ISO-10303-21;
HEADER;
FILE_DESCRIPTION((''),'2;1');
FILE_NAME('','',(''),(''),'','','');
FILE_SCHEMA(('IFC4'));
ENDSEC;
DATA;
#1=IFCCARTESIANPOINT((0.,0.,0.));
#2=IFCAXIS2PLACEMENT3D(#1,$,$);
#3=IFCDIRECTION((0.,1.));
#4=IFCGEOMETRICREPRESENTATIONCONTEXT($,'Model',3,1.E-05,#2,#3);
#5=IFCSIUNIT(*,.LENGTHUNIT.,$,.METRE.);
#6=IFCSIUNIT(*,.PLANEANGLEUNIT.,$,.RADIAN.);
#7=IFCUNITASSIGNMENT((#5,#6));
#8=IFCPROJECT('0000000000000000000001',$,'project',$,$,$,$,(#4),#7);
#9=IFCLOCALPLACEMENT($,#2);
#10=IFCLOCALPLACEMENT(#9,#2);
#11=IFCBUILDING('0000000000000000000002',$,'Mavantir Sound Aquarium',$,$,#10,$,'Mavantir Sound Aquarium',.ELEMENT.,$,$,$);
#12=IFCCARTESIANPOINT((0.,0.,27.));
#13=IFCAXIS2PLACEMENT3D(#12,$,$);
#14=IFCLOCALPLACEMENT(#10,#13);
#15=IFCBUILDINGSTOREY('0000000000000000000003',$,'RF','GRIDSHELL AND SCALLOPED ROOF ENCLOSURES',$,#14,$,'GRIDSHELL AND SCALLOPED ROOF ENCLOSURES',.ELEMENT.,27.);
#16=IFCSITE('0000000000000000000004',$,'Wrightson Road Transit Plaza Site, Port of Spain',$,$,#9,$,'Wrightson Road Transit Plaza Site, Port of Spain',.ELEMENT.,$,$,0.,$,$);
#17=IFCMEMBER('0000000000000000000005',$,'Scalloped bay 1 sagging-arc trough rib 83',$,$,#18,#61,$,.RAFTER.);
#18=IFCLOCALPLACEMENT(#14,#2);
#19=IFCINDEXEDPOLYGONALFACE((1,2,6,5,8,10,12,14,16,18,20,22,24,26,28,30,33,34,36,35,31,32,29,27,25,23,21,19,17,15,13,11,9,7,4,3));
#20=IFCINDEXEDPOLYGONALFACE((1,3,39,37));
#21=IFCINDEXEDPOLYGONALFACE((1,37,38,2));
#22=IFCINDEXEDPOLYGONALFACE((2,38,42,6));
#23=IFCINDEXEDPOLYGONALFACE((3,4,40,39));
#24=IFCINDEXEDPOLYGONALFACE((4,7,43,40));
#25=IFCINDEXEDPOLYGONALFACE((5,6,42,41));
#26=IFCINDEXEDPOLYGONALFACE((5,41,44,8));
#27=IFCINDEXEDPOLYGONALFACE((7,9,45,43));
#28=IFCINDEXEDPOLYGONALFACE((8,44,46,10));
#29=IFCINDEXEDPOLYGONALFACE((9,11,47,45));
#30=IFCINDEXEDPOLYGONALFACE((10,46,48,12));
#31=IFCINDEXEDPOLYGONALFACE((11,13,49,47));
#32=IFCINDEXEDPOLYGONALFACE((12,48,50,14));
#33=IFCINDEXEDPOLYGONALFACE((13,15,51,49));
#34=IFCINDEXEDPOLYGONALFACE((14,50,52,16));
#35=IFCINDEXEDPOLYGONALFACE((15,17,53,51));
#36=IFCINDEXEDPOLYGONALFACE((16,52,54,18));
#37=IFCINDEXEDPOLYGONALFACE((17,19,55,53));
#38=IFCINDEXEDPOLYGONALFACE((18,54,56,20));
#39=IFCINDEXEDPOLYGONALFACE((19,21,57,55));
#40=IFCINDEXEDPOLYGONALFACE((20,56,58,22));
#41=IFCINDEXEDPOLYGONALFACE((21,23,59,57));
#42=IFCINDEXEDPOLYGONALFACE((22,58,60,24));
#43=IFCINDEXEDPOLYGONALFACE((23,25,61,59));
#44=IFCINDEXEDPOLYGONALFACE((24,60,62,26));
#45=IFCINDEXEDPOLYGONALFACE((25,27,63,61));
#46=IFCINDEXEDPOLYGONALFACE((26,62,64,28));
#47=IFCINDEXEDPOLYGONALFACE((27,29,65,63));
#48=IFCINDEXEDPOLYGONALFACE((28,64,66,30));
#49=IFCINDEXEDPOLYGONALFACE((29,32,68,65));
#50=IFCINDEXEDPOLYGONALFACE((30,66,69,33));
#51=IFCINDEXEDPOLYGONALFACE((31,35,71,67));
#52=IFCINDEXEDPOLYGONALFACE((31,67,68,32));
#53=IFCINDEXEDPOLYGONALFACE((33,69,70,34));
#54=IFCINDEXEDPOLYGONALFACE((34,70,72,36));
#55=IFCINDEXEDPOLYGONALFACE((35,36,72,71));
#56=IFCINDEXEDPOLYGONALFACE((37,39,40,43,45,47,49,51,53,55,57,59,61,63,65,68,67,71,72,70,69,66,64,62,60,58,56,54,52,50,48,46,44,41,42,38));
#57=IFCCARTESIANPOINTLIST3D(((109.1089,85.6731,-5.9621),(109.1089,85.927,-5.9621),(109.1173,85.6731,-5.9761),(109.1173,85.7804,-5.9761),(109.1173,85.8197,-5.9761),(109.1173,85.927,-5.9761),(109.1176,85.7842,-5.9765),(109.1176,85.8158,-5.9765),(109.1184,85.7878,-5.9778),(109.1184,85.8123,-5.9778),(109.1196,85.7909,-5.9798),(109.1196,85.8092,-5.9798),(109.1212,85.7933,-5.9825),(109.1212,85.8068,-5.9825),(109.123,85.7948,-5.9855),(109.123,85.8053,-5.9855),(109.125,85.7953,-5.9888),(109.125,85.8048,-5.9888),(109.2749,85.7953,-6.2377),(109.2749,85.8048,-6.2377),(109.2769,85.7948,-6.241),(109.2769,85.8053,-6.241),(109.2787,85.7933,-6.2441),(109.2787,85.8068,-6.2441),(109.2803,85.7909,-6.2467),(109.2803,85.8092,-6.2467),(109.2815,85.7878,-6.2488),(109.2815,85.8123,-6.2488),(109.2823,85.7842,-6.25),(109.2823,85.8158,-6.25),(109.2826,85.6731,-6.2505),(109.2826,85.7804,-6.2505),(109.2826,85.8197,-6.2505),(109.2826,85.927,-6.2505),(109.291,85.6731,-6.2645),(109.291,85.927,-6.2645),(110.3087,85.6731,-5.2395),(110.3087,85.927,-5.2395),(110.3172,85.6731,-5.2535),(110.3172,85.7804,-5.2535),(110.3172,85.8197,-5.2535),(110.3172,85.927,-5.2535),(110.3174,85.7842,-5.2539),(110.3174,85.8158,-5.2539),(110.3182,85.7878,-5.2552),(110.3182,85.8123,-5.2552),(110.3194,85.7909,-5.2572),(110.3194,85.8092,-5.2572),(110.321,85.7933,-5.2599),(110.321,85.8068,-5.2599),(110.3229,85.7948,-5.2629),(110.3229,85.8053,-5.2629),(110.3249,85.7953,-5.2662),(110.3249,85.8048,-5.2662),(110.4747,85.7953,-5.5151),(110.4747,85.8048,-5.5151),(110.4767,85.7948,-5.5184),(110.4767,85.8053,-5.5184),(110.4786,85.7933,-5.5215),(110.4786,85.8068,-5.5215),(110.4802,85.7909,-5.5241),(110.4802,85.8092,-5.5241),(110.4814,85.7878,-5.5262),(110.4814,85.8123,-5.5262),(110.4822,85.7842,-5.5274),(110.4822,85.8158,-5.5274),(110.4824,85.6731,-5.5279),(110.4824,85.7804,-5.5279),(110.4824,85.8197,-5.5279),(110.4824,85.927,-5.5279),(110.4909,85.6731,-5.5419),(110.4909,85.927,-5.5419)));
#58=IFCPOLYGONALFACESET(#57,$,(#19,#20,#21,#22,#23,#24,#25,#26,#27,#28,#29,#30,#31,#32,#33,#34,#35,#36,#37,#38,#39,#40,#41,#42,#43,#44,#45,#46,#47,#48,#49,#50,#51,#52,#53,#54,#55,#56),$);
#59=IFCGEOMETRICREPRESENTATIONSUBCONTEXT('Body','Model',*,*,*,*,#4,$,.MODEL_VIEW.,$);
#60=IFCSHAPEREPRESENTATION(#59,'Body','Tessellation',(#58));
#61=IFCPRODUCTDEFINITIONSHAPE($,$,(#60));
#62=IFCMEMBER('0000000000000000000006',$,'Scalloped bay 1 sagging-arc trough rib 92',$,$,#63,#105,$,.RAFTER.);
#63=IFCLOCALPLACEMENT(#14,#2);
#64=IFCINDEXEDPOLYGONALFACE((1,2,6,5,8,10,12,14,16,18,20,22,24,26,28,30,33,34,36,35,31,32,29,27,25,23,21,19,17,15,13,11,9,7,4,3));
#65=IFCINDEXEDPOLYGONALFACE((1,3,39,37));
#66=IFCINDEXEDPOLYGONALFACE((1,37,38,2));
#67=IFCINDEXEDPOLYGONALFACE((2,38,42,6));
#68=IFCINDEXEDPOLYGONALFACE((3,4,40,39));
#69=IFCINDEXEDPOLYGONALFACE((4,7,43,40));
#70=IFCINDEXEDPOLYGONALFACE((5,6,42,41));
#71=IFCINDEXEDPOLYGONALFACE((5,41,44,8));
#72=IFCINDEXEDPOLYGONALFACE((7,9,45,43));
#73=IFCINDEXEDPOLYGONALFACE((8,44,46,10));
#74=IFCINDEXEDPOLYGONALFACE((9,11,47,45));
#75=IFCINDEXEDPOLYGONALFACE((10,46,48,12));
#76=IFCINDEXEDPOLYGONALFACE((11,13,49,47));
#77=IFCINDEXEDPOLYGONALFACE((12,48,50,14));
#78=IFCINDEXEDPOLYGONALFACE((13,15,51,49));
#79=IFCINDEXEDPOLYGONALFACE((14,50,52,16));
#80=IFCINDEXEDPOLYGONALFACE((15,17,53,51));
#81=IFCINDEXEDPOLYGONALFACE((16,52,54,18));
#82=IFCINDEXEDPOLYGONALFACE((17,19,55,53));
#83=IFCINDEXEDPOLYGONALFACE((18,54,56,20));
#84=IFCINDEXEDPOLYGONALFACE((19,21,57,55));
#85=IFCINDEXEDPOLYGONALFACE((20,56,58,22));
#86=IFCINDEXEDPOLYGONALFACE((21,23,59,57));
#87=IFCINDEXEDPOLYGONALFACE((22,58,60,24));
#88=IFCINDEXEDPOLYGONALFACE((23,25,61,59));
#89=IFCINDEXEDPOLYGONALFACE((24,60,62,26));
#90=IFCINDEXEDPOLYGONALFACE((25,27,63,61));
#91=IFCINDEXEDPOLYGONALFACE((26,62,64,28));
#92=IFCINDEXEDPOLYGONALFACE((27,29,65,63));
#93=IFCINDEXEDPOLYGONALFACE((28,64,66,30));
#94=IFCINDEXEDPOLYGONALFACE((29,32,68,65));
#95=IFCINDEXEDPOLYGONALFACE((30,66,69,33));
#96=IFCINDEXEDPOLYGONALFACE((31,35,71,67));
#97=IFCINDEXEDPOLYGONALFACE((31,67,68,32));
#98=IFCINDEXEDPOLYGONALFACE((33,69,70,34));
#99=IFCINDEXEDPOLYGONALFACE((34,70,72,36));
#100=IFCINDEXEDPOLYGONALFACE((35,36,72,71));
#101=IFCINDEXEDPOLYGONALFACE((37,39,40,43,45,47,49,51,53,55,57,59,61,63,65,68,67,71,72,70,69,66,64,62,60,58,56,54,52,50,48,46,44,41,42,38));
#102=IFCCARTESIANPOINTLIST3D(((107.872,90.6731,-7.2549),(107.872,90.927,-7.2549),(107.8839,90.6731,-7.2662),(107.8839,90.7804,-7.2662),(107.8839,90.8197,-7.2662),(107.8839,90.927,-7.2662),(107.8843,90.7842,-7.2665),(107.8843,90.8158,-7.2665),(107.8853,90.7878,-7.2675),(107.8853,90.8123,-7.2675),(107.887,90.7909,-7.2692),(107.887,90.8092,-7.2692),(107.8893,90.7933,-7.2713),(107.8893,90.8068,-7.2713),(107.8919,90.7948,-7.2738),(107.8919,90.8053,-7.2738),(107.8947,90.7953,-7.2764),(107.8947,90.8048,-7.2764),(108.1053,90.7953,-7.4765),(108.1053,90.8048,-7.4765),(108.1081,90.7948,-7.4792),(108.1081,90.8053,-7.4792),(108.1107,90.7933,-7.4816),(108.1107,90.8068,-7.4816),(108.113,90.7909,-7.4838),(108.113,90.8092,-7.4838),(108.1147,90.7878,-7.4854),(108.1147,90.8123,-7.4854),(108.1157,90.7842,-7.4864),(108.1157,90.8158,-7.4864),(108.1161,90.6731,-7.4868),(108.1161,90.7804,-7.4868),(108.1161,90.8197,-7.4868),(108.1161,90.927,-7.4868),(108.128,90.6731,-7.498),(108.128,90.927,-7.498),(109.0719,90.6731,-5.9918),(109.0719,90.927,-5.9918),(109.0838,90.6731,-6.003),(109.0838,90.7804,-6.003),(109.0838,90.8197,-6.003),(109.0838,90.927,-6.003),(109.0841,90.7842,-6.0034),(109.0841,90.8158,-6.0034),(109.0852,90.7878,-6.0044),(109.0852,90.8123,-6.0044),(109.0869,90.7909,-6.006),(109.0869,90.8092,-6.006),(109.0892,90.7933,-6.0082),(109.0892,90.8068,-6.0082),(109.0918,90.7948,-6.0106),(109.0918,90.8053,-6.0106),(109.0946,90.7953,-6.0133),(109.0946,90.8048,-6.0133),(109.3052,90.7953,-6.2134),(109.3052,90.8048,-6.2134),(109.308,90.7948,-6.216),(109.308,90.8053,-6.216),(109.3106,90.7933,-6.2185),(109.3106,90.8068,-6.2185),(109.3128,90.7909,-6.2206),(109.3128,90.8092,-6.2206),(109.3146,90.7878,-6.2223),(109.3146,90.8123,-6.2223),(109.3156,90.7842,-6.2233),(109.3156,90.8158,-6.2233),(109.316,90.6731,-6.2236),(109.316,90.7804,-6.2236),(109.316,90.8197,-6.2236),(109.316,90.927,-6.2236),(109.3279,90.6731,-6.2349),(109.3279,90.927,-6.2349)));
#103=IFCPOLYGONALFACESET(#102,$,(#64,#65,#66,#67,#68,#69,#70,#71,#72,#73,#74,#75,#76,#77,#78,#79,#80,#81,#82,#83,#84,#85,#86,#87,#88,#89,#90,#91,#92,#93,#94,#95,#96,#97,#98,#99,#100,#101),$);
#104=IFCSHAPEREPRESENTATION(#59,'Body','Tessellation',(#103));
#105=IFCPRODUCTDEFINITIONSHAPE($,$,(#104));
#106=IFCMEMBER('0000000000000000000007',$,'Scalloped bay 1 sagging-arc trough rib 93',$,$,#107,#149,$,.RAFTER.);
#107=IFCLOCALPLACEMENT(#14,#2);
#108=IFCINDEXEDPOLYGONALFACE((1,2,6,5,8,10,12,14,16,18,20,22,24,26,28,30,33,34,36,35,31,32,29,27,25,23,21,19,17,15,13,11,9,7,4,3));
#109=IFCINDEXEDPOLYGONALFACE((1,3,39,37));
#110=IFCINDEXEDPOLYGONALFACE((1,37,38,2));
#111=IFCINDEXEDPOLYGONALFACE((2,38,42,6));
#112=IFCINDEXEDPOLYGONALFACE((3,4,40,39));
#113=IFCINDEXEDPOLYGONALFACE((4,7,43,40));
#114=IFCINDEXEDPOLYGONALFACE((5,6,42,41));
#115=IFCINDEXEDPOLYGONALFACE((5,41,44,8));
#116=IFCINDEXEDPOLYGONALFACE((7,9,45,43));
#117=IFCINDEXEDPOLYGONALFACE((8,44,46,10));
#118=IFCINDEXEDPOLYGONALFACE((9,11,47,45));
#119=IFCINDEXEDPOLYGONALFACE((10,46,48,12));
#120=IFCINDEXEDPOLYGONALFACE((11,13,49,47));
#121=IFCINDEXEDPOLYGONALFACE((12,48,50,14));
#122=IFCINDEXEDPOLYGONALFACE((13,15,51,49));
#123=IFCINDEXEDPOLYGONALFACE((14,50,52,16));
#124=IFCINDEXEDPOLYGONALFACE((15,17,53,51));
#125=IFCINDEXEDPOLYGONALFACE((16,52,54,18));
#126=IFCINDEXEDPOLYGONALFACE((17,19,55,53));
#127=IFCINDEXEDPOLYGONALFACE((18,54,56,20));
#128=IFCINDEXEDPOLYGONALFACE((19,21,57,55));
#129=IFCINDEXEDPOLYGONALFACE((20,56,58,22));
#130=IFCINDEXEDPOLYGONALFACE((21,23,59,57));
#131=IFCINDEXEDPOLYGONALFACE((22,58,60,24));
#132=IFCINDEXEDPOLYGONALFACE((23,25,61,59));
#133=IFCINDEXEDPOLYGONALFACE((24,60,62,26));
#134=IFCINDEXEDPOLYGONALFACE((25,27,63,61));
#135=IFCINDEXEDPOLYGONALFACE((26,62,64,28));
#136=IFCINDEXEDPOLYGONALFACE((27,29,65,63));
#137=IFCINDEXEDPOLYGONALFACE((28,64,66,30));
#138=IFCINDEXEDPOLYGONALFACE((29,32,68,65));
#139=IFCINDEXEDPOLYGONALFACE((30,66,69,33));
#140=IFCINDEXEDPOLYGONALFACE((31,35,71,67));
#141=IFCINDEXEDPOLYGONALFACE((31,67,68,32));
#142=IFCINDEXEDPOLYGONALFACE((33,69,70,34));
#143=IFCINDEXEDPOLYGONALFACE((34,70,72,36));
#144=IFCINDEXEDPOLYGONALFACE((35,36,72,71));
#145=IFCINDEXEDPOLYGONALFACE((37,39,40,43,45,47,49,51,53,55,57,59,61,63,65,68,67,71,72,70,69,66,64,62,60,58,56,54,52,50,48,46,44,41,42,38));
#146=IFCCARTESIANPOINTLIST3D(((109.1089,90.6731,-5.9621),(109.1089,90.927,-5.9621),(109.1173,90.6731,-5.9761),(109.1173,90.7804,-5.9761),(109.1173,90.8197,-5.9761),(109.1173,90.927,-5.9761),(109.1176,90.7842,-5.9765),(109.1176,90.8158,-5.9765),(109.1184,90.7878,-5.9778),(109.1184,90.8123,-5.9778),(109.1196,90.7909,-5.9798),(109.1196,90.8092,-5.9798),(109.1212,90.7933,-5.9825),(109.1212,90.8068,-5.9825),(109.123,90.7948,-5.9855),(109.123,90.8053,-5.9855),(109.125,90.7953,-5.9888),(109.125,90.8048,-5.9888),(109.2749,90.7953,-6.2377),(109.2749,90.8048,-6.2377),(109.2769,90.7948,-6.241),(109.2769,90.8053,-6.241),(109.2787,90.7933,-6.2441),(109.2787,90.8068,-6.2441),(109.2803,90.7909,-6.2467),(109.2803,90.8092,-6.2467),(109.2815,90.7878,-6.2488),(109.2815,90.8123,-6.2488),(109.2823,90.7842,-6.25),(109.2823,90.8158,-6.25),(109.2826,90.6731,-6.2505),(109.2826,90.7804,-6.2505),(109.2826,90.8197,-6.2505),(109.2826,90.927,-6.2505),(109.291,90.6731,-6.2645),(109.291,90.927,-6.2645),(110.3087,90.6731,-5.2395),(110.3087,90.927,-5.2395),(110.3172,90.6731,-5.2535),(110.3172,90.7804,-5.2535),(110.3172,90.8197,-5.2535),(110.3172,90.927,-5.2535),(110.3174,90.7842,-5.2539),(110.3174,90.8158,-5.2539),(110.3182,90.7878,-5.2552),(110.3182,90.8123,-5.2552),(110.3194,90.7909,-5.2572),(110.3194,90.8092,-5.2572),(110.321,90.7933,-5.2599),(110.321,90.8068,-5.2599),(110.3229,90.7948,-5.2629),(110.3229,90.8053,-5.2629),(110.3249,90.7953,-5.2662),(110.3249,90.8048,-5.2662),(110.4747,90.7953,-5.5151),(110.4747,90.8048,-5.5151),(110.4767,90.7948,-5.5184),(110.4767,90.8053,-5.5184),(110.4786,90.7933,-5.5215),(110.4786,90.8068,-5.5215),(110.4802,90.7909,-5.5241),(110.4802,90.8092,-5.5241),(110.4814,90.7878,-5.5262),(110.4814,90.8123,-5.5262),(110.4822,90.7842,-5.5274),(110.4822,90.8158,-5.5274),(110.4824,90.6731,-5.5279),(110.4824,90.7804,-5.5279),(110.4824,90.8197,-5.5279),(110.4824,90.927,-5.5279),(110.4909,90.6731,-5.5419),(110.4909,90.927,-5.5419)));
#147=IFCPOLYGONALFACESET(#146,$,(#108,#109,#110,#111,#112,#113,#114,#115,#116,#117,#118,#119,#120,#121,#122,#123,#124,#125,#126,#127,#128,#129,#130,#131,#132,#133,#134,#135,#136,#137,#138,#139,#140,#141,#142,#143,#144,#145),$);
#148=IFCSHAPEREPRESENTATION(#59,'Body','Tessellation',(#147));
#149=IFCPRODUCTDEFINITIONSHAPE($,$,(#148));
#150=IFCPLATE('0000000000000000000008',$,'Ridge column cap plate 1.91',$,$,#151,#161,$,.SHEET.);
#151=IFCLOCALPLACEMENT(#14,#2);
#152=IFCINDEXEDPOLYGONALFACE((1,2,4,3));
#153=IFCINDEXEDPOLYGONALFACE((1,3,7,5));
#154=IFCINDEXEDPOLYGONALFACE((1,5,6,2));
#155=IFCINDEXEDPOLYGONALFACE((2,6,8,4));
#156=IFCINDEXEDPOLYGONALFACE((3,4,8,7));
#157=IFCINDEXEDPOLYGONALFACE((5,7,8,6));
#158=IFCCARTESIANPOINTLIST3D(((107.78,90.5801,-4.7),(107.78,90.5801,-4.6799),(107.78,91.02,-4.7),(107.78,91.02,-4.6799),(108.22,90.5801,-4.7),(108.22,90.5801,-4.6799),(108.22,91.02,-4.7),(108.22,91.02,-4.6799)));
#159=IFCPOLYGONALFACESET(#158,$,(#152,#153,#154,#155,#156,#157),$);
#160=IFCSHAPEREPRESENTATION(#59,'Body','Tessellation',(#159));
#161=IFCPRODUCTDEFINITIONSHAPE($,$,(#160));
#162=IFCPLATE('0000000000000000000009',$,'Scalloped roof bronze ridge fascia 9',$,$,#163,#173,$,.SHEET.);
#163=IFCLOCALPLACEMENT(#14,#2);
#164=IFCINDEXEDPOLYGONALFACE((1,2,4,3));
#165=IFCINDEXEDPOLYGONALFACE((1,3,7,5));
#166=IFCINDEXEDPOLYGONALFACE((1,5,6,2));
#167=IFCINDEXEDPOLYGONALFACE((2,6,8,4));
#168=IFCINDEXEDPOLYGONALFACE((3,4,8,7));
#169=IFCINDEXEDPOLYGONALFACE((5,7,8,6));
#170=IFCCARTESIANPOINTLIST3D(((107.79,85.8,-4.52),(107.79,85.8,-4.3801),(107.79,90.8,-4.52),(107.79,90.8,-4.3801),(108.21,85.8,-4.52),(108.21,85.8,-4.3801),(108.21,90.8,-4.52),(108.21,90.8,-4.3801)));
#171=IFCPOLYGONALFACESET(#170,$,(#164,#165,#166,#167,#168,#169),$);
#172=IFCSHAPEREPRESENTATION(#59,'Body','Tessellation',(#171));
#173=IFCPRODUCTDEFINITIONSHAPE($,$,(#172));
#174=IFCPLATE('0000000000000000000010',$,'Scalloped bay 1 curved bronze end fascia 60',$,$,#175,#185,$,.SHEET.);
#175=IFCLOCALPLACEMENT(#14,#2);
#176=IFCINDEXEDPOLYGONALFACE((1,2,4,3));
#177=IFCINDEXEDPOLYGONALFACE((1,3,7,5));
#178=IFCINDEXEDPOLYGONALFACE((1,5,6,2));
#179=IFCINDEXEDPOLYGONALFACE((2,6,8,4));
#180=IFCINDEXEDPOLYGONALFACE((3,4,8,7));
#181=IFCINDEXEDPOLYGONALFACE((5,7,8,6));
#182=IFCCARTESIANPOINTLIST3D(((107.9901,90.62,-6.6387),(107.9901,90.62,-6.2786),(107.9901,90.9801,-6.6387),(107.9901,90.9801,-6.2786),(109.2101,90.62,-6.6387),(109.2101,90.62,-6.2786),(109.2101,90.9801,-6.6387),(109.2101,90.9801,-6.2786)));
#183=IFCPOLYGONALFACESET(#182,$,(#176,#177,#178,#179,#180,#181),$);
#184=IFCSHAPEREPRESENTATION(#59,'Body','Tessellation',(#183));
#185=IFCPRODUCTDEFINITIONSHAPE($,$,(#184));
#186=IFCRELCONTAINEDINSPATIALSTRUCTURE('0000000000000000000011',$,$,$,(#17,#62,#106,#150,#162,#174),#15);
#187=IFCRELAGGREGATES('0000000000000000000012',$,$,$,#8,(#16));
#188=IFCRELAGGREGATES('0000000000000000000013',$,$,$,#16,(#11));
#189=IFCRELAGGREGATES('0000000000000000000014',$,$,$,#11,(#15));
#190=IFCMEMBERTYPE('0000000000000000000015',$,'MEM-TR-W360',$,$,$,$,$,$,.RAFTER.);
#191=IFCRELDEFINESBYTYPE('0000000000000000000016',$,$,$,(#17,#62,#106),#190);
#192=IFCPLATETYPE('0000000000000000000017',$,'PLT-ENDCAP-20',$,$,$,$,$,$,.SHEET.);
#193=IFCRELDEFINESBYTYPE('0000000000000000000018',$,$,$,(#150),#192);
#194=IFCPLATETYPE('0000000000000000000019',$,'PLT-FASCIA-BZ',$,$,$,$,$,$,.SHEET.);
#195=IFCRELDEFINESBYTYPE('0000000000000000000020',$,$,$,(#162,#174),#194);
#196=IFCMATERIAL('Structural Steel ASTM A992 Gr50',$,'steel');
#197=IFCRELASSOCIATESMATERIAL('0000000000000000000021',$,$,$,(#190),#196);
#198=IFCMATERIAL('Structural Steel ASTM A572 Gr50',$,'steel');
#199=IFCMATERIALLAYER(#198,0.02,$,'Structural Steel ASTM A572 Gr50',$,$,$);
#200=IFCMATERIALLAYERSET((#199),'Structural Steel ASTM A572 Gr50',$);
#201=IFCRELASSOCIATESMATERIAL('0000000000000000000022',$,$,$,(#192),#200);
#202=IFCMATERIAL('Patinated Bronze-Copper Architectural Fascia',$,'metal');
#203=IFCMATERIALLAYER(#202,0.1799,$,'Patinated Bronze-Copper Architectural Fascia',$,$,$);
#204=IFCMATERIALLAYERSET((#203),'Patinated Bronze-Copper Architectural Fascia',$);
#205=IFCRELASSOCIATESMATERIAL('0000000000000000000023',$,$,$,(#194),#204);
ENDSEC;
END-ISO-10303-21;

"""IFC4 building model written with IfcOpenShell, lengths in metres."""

from ifc_helpers import new_model, si_unit, direction, frame, origin, origin_2d, place, context, subcontext, project, spatial, rectangle, i_section, extrude, material, layer, layer_set, material_profile, profile_set, type_object, element, save


model = new_model("IFC4")

# Units and contexts
model_context = context("Model", 3, precision=1e-05, world=origin(), true_north=direction((0.0, 1.0)))
body_context = subcontext(model_context, "Body", "Model", "MODEL_VIEW")
ifc_project = project(units=[si_unit("LENGTHUNIT", "METRE"), si_unit("PLANEANGLEUNIT", "RADIAN")], contexts=[model_context])

# Site, building, storey
site_placement = place(None, origin())
site = spatial("IfcSite", under=ifc_project, at=site_placement, Name="Wrightson Road Transit Plaza Site, Port of Spain", LongName="Wrightson Road Transit Plaza Site, Port of Spain", CompositionType="ELEMENT", RefElevation=0.0)
building_placement = place(site_placement, origin())
building = spatial("IfcBuilding", under=site, at=building_placement, Name="Mavantir Sound Aquarium", LongName="Mavantir Sound Aquarium", CompositionType="ELEMENT")
storey_placement = place(building_placement, frame((0.0, 0.0, 27.0)))
storey = spatial("IfcBuildingStorey", under=building, at=storey_placement, Name="RF", Description="GRIDSHELL AND SCALLOPED ROOF ENCLOSURES", LongName="GRIDSHELL AND SCALLOPED ROOF ENCLOSURES", CompositionType="ELEMENT", Elevation=27.0)

# Shared definitions
ifc_material_1 = material(Name="Structural Steel ASTM A992 Gr50", Category="steel")

# Members
ifc_material_profile_1 = material_profile(ifc_material_1, i_section(OverallWidth=0.2539, OverallDepth=0.353, WebThickness=0.0095, FlangeThickness=0.0164, FilletRadius=0.0149, at=origin_2d()), Name="W360X91")
ifc_profile_set_1 = profile_set([ifc_material_profile_1], Name="Structural Steel ASTM A992 Gr50")
member_type_1 = type_object("IfcMemberType", Name="MEM-TR-W360", PredefinedType="RAFTER", material=ifc_profile_set_1)
member_1_placement = place(storey_placement, frame((109.2, 85.8, -6.1133), z_axis=(0.856646, 0.0, 0.515905), x_axis=(0.0, 1.0, 0.0)))
element("IfcMember", 1, at=member_1_placement, inside=storey, type_object=member_type_1, Name="Scalloped bay 1 sagging-arc trough rib 83", PredefinedType="RAFTER", context=body_context, shape_type="SweptSolid", body=[
    extrude(i_section(OverallWidth=0.2539, OverallDepth=0.353, WebThickness=0.0095, FlangeThickness=0.0164, FilletRadius=0.0149, at=origin_2d()), origin(), (0.0, 0.0, 1.0), 1.4006),
])
member_2_placement = place(storey_placement, frame((108.0, 90.8, -7.3765), z_axis=(0.688727, 0.0, 0.72502), x_axis=(0.0, 1.0, 0.0)))
element("IfcMember", 2, at=member_2_placement, inside=storey, type_object=member_type_1, Name="Scalloped bay 1 sagging-arc trough rib 92", PredefinedType="RAFTER", context=body_context, shape_type="SweptSolid", body=[
    extrude(i_section(OverallWidth=0.2539, OverallDepth=0.353, WebThickness=0.0095, FlangeThickness=0.0164, FilletRadius=0.0149, at=origin_2d()), origin(), (0.0, 0.0, 1.0), 1.7422),
])
member_3_placement = place(storey_placement, frame((109.2, 90.8, -6.1133), z_axis=(0.856646, 0.0, 0.515905), x_axis=(0.0, 1.0, 0.0)))
element("IfcMember", 3, at=member_3_placement, inside=storey, type_object=member_type_1, Name="Scalloped bay 1 sagging-arc trough rib 93", PredefinedType="RAFTER", context=body_context, shape_type="SweptSolid", body=[
    extrude(i_section(OverallWidth=0.2539, OverallDepth=0.353, WebThickness=0.0095, FlangeThickness=0.0164, FilletRadius=0.0149, at=origin_2d()), origin(), (0.0, 0.0, 1.0), 1.4006),
])

# Plates
ifc_material_2 = material(Name="Structural Steel ASTM A572 Gr50", Category="steel")
ifc_layer_1 = layer(ifc_material_2, 0.02, Name="Structural Steel ASTM A572 Gr50")
ifc_layer_set_1 = layer_set([ifc_layer_1], Name="Structural Steel ASTM A572 Gr50")
plate_type_1 = type_object("IfcPlateType", Name="PLT-ENDCAP-20", PredefinedType="SHEET", material=ifc_layer_set_1)
plate_1_placement = place(storey_placement, frame((108.0, 90.8, -4.7), z_axis=(0.0, 0.0, 1.0), x_axis=(1.0, 0.0, 0.0)))
element("IfcPlate", 4, at=plate_1_placement, inside=storey, type_object=plate_type_1, Name="Ridge column cap plate 1.91", PredefinedType="SHEET", context=body_context, shape_type="SweptSolid", body=[
    extrude(rectangle(XDim=0.4399, YDim=0.4399, at=origin_2d()), origin(), (0.0, 0.0, 1.0), 0.02),
])
ifc_material_3 = material(Name="Patinated Bronze-Copper Architectural Fascia", Category="metal")
ifc_layer_2 = layer(ifc_material_3, 0.1799, Name="Patinated Bronze-Copper Architectural Fascia")
ifc_layer_set_2 = layer_set([ifc_layer_2], Name="Patinated Bronze-Copper Architectural Fascia")
plate_type_2 = type_object("IfcPlateType", Name="PLT-FASCIA-BZ", PredefinedType="SHEET", material=ifc_layer_set_2)
plate_2_placement = place(storey_placement, frame((108.0, 88.3, -4.52), z_axis=(0.0, 0.0, 1.0), x_axis=(1.0, 0.0, 0.0)))
element("IfcPlate", 5, at=plate_2_placement, inside=storey, type_object=plate_type_2, Name="Scalloped roof bronze ridge fascia 9", PredefinedType="SHEET", context=body_context, shape_type="SweptSolid", body=[
    extrude(rectangle(XDim=0.4199, YDim=5.0, at=origin_2d()), origin(), (0.0, 0.0, 1.0), 0.1399),
])
plate_3_placement = place(storey_placement, frame((108.6001, 90.8, -6.6387), z_axis=(0.0, 0.0, 1.0), x_axis=(1.0, 0.0, 0.0)))
element("IfcPlate", 6, at=plate_3_placement, inside=storey, type_object=plate_type_2, Name="Scalloped bay 1 curved bronze end fascia 60", PredefinedType="SHEET", context=body_context, shape_type="SweptSolid", body=[
    extrude(rectangle(XDim=1.22, YDim=0.3601, at=origin_2d()), origin(), (0.0, 0.0, 1.0), 0.3601),
])

save(model, "model.ifc")
